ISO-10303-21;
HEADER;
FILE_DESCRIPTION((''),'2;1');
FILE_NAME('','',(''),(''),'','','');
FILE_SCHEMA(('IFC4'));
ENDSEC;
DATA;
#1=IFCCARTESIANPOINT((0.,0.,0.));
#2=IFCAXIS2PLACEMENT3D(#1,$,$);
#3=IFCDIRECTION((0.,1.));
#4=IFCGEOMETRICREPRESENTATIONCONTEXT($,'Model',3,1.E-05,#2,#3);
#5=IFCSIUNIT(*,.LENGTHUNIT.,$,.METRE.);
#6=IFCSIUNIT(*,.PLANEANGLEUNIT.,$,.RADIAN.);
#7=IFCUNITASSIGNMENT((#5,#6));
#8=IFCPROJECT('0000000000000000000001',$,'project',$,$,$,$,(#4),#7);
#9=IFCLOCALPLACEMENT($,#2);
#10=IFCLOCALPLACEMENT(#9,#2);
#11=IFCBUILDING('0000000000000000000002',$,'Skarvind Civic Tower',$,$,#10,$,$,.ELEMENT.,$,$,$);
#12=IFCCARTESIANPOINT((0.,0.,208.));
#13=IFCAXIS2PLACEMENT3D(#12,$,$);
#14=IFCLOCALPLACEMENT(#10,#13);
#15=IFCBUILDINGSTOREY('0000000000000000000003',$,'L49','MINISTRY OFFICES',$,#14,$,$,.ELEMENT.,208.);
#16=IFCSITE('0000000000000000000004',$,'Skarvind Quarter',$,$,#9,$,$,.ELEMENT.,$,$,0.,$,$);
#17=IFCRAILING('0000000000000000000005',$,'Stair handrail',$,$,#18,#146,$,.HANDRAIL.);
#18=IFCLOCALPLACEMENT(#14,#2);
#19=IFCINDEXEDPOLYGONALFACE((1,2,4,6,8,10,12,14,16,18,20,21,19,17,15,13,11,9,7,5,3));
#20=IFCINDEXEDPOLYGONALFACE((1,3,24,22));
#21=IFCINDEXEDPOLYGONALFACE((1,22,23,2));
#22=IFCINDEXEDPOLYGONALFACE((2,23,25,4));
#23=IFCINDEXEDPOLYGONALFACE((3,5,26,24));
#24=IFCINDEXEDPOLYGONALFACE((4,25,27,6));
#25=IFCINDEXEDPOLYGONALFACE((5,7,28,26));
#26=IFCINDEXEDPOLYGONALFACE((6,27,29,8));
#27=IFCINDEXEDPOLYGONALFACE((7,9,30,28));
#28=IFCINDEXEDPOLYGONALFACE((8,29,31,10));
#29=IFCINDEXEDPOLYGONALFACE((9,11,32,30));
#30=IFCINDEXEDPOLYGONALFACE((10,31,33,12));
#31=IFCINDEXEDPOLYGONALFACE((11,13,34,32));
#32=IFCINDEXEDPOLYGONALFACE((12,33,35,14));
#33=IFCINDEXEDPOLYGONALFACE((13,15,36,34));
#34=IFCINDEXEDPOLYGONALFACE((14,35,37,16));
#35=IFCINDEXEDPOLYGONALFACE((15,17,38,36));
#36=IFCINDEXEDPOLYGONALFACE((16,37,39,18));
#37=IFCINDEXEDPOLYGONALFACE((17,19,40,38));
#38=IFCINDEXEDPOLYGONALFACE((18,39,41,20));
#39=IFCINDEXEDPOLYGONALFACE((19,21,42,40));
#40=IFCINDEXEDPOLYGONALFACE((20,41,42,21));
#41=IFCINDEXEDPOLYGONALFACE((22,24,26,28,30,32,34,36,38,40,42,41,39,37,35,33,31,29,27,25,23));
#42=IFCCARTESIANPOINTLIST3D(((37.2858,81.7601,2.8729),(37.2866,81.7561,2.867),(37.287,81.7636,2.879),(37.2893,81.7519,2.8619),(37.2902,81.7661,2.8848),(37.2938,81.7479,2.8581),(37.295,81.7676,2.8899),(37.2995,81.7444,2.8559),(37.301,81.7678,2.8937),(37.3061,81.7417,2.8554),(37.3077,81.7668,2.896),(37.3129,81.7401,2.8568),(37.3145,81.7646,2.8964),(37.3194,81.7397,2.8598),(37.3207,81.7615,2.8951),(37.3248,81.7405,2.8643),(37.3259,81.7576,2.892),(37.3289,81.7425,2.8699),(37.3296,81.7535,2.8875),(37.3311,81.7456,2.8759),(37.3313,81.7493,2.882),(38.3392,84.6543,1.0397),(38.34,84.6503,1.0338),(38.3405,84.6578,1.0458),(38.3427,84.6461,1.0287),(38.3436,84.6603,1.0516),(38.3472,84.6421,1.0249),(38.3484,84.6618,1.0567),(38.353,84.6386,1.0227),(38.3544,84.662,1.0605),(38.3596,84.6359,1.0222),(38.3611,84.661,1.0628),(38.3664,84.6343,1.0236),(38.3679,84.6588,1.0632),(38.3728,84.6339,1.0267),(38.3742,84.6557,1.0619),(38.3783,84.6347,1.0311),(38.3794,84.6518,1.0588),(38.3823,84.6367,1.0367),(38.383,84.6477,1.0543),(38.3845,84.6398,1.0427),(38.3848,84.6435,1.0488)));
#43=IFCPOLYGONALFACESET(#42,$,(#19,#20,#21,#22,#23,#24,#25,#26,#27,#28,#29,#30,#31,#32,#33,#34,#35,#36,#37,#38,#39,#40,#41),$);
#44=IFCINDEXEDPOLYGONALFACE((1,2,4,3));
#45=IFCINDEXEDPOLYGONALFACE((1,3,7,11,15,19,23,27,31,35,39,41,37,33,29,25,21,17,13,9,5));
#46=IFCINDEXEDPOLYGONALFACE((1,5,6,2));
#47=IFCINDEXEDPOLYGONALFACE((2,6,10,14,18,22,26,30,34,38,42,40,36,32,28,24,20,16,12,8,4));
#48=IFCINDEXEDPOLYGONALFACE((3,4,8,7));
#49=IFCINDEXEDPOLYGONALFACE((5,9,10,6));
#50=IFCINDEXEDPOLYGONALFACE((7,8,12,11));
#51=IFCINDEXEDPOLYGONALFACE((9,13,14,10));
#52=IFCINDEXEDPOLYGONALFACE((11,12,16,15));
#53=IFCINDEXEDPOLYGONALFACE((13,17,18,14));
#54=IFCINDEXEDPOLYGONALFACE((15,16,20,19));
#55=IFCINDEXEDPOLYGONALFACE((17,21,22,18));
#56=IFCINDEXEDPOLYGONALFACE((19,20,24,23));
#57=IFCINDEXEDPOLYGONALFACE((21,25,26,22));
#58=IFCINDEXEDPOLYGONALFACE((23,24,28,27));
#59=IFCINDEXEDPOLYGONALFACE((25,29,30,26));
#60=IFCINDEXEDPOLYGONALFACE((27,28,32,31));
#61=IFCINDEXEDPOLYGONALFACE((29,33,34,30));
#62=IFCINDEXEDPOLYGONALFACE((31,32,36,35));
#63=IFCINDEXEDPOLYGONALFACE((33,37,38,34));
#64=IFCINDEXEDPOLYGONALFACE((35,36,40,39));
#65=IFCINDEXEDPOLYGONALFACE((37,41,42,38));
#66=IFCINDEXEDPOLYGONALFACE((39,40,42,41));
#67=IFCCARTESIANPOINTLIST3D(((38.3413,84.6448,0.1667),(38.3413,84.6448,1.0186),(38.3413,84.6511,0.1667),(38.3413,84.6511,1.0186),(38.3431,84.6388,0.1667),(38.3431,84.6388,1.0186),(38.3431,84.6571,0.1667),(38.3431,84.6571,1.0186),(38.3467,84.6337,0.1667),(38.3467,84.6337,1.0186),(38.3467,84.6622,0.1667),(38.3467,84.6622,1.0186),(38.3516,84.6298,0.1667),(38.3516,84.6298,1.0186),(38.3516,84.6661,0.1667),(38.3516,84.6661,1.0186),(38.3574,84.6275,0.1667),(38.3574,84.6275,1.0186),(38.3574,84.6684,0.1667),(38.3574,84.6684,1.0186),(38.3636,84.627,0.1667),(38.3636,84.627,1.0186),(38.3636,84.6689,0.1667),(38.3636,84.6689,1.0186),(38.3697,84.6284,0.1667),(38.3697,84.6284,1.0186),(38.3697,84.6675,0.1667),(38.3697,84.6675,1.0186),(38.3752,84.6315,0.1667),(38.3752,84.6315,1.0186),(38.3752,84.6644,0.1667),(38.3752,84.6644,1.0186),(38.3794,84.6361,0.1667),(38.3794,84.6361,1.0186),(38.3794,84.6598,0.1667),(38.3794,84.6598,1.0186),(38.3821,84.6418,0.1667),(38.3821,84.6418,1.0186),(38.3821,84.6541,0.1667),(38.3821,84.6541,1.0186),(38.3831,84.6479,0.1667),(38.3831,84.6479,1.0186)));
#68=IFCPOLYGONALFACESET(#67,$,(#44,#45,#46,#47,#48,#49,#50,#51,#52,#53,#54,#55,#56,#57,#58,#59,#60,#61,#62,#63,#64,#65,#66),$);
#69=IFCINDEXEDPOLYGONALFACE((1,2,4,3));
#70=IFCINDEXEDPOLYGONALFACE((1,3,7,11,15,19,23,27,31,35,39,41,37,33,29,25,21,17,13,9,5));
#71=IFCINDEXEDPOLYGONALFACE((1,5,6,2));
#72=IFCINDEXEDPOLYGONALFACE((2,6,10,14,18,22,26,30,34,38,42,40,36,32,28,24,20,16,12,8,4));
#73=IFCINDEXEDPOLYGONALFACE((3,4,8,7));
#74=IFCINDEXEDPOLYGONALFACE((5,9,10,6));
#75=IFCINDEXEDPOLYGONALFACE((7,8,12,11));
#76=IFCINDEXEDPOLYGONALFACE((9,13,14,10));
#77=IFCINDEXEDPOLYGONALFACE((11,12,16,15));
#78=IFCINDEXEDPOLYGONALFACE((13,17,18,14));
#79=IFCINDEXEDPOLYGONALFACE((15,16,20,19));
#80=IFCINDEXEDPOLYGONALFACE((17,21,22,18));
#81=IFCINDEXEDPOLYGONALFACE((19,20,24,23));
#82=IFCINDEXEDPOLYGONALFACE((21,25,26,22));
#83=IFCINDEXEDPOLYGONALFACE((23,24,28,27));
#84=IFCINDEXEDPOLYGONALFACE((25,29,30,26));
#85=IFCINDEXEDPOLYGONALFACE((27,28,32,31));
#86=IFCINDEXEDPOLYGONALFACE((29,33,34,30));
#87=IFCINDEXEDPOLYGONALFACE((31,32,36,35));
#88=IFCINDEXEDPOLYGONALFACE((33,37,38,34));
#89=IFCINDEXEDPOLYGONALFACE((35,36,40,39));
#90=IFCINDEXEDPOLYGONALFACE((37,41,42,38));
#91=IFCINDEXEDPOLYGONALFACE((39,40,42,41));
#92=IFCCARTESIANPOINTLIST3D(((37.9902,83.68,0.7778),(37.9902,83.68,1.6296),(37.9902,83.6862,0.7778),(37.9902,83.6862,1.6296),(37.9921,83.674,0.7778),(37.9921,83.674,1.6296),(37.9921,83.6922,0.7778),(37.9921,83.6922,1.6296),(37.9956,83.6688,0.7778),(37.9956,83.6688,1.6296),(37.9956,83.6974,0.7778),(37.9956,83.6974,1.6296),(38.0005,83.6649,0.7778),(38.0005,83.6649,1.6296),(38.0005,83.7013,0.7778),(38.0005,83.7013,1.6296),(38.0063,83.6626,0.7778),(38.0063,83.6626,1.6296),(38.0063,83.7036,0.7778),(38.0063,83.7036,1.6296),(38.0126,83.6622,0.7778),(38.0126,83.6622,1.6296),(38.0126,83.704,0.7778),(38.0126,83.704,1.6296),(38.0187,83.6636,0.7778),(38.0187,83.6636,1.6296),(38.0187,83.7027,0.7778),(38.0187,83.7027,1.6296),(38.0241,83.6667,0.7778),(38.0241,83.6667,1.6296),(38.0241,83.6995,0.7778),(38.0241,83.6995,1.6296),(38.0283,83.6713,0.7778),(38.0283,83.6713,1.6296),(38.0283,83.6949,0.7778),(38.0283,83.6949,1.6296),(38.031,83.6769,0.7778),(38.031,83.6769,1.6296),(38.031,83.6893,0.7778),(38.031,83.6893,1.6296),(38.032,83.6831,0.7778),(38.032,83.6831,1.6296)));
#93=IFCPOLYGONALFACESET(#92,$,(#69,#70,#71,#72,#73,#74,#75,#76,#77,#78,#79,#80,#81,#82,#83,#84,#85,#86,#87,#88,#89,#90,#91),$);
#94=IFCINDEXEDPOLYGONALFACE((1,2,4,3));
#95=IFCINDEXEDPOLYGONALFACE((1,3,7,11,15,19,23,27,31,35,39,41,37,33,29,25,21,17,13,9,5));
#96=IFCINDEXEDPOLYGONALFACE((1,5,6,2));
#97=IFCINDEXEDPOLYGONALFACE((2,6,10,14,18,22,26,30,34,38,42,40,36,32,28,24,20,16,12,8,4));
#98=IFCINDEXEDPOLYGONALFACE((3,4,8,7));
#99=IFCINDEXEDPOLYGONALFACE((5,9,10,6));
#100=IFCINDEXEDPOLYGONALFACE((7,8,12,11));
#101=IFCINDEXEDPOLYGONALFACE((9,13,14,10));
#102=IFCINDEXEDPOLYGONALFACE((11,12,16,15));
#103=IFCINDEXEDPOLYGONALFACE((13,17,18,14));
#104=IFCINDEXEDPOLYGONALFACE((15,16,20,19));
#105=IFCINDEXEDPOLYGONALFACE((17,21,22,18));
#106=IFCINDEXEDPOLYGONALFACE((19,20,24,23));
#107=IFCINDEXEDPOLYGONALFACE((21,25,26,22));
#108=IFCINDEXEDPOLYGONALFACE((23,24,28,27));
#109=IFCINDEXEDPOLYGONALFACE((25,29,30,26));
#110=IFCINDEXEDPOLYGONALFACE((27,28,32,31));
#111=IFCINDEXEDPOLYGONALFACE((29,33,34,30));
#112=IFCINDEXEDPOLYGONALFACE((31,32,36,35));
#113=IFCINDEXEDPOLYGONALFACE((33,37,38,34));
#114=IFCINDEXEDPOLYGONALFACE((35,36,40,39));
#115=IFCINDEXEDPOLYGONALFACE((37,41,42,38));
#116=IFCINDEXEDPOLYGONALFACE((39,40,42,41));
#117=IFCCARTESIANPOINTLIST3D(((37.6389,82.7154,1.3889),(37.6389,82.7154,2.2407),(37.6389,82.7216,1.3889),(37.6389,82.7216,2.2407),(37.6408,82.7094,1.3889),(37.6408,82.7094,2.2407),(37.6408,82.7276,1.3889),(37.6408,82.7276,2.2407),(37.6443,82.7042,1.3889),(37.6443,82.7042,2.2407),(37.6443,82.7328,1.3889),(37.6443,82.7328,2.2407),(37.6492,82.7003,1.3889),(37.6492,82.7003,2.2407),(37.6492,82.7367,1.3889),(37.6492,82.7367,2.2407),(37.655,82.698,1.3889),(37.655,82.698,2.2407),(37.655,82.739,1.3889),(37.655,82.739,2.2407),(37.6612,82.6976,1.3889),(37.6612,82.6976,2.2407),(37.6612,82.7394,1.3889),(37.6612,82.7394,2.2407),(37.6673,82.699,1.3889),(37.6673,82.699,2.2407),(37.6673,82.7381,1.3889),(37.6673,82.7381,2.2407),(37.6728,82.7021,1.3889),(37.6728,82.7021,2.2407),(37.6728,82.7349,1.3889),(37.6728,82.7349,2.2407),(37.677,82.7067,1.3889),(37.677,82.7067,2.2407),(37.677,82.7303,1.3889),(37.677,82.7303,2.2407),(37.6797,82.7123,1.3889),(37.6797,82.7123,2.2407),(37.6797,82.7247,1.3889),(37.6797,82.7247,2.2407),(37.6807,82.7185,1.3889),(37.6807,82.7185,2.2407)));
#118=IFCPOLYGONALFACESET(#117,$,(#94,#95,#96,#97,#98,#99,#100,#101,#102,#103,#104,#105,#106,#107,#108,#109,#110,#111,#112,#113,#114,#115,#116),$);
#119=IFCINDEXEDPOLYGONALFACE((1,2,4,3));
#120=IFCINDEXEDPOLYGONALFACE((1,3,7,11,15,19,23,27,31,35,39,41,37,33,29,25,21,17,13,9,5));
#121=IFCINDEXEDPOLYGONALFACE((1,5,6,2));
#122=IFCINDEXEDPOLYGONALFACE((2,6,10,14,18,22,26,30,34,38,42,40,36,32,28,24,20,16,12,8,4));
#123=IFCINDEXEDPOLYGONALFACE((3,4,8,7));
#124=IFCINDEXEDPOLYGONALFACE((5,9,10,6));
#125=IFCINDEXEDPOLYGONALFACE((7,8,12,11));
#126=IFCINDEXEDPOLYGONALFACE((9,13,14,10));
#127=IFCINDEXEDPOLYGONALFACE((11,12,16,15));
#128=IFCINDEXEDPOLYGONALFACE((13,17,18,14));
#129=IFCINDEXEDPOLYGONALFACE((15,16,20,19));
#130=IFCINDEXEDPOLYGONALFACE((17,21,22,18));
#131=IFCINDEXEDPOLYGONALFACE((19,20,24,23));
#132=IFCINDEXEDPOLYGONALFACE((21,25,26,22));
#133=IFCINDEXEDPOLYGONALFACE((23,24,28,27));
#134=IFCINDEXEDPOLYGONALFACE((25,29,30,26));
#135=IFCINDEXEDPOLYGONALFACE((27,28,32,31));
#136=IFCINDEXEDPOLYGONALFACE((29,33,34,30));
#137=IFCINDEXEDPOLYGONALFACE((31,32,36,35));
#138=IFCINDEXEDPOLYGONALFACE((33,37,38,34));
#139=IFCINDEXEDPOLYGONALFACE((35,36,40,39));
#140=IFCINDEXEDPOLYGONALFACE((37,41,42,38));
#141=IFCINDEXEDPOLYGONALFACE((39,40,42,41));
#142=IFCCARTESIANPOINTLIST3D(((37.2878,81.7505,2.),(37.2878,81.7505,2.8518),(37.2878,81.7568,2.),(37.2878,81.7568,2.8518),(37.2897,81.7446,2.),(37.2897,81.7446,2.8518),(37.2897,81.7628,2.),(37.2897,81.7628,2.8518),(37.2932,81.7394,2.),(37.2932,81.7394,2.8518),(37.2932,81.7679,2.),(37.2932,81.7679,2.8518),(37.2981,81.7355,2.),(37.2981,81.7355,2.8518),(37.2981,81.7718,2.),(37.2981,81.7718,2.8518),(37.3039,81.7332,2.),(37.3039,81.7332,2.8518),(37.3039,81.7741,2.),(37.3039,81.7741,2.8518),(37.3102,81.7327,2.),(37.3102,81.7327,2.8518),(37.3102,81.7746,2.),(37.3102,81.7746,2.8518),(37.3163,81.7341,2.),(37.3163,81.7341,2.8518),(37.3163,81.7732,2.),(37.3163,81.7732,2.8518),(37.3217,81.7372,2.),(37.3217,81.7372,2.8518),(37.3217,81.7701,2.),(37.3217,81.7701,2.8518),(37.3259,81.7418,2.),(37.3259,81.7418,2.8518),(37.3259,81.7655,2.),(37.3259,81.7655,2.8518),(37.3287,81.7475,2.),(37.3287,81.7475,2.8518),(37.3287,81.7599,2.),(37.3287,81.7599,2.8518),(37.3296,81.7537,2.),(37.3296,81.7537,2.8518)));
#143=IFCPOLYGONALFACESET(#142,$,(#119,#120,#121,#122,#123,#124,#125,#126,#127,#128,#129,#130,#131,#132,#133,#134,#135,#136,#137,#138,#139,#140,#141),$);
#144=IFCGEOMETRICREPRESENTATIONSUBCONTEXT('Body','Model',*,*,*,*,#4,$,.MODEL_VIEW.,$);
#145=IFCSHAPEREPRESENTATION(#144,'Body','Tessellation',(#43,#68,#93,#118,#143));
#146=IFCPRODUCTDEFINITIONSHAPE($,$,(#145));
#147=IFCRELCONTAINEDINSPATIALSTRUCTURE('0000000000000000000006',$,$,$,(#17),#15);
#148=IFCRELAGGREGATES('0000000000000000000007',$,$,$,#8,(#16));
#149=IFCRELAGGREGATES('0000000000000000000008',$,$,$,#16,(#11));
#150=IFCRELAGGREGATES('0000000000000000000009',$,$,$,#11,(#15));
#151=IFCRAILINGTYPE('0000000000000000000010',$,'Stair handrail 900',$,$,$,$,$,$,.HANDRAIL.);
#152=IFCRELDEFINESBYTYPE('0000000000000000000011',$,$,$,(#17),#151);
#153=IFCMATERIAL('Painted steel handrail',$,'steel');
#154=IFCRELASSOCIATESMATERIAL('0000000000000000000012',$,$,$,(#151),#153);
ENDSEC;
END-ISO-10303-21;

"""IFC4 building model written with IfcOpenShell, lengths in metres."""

from ifc_helpers import new_model, si_unit, direction, frame, origin, origin_2d, place, context, subcontext, project, spatial, circle, extrude, material, type_object, element, save


model = new_model("IFC4")

# Units and contexts
model_context = context("Model", 3, precision=1e-05, world=origin(), true_north=direction((0.0, 1.0)))
body_context = subcontext(model_context, "Body", "Model", "MODEL_VIEW")
ifc_project = project(units=[si_unit("LENGTHUNIT", "METRE"), si_unit("PLANEANGLEUNIT", "RADIAN")], contexts=[model_context])

# Site, building, storey
site_placement = place(None, origin())
site = spatial("IfcSite", under=ifc_project, at=site_placement, Name="Skarvind Quarter", CompositionType="ELEMENT", RefElevation=0.0)
building_placement = place(site_placement, origin())
building = spatial("IfcBuilding", under=site, at=building_placement, Name="Skarvind Civic Tower", CompositionType="ELEMENT")
storey_placement = place(building_placement, frame((0.0, 0.0, 208.0)))
storey = spatial("IfcBuildingStorey", under=building, at=storey_placement, Name="L49", Description="MINISTRY OFFICES", CompositionType="ELEMENT", Elevation=208.0)

# Railing
ifc_material_1 = material(Name="Painted steel handrail", Category="steel")
railing_type = type_object("IfcRailingType", Name="Stair handrail 900", PredefinedType="HANDRAIL", material=ifc_material_1)
railing_1_placement = place(storey_placement, frame((38.3621, 84.6479, 0.1667)))
element("IfcRailing", 1, at=railing_1_placement, inside=storey, type_object=railing_type, Name="Stair handrail", PredefinedType="HANDRAIL", context=body_context, shape_type="SweptSolid", body=[
    extrude(circle(Radius=0.0239, at=origin_2d()), frame((0.0, 0.0, 0.876), z_axis=(-0.293908, -0.807481, 0.511461), x_axis=(0.939689, -0.342029, 0.0)), (0.0, 0.0, 1.0), 3.5842),
    extrude(circle(Radius=0.021, at=origin_2d()), origin(), (0.0, 0.0, 1.0), 0.8518),
    extrude(circle(Radius=0.021, at=origin_2d()), frame((-0.3511, -0.9648, 0.6111)), (0.0, 0.0, 1.0), 0.8518),
    extrude(circle(Radius=0.021, at=origin_2d()), frame((-0.7024, -1.9294, 1.2222)), (0.0, 0.0, 1.0), 0.8518),
    extrude(circle(Radius=0.021, at=origin_2d()), frame((-1.0535, -2.8943, 1.8333)), (0.0, 0.0, 1.0), 0.8518),
])

save(model, "model.ifc")
